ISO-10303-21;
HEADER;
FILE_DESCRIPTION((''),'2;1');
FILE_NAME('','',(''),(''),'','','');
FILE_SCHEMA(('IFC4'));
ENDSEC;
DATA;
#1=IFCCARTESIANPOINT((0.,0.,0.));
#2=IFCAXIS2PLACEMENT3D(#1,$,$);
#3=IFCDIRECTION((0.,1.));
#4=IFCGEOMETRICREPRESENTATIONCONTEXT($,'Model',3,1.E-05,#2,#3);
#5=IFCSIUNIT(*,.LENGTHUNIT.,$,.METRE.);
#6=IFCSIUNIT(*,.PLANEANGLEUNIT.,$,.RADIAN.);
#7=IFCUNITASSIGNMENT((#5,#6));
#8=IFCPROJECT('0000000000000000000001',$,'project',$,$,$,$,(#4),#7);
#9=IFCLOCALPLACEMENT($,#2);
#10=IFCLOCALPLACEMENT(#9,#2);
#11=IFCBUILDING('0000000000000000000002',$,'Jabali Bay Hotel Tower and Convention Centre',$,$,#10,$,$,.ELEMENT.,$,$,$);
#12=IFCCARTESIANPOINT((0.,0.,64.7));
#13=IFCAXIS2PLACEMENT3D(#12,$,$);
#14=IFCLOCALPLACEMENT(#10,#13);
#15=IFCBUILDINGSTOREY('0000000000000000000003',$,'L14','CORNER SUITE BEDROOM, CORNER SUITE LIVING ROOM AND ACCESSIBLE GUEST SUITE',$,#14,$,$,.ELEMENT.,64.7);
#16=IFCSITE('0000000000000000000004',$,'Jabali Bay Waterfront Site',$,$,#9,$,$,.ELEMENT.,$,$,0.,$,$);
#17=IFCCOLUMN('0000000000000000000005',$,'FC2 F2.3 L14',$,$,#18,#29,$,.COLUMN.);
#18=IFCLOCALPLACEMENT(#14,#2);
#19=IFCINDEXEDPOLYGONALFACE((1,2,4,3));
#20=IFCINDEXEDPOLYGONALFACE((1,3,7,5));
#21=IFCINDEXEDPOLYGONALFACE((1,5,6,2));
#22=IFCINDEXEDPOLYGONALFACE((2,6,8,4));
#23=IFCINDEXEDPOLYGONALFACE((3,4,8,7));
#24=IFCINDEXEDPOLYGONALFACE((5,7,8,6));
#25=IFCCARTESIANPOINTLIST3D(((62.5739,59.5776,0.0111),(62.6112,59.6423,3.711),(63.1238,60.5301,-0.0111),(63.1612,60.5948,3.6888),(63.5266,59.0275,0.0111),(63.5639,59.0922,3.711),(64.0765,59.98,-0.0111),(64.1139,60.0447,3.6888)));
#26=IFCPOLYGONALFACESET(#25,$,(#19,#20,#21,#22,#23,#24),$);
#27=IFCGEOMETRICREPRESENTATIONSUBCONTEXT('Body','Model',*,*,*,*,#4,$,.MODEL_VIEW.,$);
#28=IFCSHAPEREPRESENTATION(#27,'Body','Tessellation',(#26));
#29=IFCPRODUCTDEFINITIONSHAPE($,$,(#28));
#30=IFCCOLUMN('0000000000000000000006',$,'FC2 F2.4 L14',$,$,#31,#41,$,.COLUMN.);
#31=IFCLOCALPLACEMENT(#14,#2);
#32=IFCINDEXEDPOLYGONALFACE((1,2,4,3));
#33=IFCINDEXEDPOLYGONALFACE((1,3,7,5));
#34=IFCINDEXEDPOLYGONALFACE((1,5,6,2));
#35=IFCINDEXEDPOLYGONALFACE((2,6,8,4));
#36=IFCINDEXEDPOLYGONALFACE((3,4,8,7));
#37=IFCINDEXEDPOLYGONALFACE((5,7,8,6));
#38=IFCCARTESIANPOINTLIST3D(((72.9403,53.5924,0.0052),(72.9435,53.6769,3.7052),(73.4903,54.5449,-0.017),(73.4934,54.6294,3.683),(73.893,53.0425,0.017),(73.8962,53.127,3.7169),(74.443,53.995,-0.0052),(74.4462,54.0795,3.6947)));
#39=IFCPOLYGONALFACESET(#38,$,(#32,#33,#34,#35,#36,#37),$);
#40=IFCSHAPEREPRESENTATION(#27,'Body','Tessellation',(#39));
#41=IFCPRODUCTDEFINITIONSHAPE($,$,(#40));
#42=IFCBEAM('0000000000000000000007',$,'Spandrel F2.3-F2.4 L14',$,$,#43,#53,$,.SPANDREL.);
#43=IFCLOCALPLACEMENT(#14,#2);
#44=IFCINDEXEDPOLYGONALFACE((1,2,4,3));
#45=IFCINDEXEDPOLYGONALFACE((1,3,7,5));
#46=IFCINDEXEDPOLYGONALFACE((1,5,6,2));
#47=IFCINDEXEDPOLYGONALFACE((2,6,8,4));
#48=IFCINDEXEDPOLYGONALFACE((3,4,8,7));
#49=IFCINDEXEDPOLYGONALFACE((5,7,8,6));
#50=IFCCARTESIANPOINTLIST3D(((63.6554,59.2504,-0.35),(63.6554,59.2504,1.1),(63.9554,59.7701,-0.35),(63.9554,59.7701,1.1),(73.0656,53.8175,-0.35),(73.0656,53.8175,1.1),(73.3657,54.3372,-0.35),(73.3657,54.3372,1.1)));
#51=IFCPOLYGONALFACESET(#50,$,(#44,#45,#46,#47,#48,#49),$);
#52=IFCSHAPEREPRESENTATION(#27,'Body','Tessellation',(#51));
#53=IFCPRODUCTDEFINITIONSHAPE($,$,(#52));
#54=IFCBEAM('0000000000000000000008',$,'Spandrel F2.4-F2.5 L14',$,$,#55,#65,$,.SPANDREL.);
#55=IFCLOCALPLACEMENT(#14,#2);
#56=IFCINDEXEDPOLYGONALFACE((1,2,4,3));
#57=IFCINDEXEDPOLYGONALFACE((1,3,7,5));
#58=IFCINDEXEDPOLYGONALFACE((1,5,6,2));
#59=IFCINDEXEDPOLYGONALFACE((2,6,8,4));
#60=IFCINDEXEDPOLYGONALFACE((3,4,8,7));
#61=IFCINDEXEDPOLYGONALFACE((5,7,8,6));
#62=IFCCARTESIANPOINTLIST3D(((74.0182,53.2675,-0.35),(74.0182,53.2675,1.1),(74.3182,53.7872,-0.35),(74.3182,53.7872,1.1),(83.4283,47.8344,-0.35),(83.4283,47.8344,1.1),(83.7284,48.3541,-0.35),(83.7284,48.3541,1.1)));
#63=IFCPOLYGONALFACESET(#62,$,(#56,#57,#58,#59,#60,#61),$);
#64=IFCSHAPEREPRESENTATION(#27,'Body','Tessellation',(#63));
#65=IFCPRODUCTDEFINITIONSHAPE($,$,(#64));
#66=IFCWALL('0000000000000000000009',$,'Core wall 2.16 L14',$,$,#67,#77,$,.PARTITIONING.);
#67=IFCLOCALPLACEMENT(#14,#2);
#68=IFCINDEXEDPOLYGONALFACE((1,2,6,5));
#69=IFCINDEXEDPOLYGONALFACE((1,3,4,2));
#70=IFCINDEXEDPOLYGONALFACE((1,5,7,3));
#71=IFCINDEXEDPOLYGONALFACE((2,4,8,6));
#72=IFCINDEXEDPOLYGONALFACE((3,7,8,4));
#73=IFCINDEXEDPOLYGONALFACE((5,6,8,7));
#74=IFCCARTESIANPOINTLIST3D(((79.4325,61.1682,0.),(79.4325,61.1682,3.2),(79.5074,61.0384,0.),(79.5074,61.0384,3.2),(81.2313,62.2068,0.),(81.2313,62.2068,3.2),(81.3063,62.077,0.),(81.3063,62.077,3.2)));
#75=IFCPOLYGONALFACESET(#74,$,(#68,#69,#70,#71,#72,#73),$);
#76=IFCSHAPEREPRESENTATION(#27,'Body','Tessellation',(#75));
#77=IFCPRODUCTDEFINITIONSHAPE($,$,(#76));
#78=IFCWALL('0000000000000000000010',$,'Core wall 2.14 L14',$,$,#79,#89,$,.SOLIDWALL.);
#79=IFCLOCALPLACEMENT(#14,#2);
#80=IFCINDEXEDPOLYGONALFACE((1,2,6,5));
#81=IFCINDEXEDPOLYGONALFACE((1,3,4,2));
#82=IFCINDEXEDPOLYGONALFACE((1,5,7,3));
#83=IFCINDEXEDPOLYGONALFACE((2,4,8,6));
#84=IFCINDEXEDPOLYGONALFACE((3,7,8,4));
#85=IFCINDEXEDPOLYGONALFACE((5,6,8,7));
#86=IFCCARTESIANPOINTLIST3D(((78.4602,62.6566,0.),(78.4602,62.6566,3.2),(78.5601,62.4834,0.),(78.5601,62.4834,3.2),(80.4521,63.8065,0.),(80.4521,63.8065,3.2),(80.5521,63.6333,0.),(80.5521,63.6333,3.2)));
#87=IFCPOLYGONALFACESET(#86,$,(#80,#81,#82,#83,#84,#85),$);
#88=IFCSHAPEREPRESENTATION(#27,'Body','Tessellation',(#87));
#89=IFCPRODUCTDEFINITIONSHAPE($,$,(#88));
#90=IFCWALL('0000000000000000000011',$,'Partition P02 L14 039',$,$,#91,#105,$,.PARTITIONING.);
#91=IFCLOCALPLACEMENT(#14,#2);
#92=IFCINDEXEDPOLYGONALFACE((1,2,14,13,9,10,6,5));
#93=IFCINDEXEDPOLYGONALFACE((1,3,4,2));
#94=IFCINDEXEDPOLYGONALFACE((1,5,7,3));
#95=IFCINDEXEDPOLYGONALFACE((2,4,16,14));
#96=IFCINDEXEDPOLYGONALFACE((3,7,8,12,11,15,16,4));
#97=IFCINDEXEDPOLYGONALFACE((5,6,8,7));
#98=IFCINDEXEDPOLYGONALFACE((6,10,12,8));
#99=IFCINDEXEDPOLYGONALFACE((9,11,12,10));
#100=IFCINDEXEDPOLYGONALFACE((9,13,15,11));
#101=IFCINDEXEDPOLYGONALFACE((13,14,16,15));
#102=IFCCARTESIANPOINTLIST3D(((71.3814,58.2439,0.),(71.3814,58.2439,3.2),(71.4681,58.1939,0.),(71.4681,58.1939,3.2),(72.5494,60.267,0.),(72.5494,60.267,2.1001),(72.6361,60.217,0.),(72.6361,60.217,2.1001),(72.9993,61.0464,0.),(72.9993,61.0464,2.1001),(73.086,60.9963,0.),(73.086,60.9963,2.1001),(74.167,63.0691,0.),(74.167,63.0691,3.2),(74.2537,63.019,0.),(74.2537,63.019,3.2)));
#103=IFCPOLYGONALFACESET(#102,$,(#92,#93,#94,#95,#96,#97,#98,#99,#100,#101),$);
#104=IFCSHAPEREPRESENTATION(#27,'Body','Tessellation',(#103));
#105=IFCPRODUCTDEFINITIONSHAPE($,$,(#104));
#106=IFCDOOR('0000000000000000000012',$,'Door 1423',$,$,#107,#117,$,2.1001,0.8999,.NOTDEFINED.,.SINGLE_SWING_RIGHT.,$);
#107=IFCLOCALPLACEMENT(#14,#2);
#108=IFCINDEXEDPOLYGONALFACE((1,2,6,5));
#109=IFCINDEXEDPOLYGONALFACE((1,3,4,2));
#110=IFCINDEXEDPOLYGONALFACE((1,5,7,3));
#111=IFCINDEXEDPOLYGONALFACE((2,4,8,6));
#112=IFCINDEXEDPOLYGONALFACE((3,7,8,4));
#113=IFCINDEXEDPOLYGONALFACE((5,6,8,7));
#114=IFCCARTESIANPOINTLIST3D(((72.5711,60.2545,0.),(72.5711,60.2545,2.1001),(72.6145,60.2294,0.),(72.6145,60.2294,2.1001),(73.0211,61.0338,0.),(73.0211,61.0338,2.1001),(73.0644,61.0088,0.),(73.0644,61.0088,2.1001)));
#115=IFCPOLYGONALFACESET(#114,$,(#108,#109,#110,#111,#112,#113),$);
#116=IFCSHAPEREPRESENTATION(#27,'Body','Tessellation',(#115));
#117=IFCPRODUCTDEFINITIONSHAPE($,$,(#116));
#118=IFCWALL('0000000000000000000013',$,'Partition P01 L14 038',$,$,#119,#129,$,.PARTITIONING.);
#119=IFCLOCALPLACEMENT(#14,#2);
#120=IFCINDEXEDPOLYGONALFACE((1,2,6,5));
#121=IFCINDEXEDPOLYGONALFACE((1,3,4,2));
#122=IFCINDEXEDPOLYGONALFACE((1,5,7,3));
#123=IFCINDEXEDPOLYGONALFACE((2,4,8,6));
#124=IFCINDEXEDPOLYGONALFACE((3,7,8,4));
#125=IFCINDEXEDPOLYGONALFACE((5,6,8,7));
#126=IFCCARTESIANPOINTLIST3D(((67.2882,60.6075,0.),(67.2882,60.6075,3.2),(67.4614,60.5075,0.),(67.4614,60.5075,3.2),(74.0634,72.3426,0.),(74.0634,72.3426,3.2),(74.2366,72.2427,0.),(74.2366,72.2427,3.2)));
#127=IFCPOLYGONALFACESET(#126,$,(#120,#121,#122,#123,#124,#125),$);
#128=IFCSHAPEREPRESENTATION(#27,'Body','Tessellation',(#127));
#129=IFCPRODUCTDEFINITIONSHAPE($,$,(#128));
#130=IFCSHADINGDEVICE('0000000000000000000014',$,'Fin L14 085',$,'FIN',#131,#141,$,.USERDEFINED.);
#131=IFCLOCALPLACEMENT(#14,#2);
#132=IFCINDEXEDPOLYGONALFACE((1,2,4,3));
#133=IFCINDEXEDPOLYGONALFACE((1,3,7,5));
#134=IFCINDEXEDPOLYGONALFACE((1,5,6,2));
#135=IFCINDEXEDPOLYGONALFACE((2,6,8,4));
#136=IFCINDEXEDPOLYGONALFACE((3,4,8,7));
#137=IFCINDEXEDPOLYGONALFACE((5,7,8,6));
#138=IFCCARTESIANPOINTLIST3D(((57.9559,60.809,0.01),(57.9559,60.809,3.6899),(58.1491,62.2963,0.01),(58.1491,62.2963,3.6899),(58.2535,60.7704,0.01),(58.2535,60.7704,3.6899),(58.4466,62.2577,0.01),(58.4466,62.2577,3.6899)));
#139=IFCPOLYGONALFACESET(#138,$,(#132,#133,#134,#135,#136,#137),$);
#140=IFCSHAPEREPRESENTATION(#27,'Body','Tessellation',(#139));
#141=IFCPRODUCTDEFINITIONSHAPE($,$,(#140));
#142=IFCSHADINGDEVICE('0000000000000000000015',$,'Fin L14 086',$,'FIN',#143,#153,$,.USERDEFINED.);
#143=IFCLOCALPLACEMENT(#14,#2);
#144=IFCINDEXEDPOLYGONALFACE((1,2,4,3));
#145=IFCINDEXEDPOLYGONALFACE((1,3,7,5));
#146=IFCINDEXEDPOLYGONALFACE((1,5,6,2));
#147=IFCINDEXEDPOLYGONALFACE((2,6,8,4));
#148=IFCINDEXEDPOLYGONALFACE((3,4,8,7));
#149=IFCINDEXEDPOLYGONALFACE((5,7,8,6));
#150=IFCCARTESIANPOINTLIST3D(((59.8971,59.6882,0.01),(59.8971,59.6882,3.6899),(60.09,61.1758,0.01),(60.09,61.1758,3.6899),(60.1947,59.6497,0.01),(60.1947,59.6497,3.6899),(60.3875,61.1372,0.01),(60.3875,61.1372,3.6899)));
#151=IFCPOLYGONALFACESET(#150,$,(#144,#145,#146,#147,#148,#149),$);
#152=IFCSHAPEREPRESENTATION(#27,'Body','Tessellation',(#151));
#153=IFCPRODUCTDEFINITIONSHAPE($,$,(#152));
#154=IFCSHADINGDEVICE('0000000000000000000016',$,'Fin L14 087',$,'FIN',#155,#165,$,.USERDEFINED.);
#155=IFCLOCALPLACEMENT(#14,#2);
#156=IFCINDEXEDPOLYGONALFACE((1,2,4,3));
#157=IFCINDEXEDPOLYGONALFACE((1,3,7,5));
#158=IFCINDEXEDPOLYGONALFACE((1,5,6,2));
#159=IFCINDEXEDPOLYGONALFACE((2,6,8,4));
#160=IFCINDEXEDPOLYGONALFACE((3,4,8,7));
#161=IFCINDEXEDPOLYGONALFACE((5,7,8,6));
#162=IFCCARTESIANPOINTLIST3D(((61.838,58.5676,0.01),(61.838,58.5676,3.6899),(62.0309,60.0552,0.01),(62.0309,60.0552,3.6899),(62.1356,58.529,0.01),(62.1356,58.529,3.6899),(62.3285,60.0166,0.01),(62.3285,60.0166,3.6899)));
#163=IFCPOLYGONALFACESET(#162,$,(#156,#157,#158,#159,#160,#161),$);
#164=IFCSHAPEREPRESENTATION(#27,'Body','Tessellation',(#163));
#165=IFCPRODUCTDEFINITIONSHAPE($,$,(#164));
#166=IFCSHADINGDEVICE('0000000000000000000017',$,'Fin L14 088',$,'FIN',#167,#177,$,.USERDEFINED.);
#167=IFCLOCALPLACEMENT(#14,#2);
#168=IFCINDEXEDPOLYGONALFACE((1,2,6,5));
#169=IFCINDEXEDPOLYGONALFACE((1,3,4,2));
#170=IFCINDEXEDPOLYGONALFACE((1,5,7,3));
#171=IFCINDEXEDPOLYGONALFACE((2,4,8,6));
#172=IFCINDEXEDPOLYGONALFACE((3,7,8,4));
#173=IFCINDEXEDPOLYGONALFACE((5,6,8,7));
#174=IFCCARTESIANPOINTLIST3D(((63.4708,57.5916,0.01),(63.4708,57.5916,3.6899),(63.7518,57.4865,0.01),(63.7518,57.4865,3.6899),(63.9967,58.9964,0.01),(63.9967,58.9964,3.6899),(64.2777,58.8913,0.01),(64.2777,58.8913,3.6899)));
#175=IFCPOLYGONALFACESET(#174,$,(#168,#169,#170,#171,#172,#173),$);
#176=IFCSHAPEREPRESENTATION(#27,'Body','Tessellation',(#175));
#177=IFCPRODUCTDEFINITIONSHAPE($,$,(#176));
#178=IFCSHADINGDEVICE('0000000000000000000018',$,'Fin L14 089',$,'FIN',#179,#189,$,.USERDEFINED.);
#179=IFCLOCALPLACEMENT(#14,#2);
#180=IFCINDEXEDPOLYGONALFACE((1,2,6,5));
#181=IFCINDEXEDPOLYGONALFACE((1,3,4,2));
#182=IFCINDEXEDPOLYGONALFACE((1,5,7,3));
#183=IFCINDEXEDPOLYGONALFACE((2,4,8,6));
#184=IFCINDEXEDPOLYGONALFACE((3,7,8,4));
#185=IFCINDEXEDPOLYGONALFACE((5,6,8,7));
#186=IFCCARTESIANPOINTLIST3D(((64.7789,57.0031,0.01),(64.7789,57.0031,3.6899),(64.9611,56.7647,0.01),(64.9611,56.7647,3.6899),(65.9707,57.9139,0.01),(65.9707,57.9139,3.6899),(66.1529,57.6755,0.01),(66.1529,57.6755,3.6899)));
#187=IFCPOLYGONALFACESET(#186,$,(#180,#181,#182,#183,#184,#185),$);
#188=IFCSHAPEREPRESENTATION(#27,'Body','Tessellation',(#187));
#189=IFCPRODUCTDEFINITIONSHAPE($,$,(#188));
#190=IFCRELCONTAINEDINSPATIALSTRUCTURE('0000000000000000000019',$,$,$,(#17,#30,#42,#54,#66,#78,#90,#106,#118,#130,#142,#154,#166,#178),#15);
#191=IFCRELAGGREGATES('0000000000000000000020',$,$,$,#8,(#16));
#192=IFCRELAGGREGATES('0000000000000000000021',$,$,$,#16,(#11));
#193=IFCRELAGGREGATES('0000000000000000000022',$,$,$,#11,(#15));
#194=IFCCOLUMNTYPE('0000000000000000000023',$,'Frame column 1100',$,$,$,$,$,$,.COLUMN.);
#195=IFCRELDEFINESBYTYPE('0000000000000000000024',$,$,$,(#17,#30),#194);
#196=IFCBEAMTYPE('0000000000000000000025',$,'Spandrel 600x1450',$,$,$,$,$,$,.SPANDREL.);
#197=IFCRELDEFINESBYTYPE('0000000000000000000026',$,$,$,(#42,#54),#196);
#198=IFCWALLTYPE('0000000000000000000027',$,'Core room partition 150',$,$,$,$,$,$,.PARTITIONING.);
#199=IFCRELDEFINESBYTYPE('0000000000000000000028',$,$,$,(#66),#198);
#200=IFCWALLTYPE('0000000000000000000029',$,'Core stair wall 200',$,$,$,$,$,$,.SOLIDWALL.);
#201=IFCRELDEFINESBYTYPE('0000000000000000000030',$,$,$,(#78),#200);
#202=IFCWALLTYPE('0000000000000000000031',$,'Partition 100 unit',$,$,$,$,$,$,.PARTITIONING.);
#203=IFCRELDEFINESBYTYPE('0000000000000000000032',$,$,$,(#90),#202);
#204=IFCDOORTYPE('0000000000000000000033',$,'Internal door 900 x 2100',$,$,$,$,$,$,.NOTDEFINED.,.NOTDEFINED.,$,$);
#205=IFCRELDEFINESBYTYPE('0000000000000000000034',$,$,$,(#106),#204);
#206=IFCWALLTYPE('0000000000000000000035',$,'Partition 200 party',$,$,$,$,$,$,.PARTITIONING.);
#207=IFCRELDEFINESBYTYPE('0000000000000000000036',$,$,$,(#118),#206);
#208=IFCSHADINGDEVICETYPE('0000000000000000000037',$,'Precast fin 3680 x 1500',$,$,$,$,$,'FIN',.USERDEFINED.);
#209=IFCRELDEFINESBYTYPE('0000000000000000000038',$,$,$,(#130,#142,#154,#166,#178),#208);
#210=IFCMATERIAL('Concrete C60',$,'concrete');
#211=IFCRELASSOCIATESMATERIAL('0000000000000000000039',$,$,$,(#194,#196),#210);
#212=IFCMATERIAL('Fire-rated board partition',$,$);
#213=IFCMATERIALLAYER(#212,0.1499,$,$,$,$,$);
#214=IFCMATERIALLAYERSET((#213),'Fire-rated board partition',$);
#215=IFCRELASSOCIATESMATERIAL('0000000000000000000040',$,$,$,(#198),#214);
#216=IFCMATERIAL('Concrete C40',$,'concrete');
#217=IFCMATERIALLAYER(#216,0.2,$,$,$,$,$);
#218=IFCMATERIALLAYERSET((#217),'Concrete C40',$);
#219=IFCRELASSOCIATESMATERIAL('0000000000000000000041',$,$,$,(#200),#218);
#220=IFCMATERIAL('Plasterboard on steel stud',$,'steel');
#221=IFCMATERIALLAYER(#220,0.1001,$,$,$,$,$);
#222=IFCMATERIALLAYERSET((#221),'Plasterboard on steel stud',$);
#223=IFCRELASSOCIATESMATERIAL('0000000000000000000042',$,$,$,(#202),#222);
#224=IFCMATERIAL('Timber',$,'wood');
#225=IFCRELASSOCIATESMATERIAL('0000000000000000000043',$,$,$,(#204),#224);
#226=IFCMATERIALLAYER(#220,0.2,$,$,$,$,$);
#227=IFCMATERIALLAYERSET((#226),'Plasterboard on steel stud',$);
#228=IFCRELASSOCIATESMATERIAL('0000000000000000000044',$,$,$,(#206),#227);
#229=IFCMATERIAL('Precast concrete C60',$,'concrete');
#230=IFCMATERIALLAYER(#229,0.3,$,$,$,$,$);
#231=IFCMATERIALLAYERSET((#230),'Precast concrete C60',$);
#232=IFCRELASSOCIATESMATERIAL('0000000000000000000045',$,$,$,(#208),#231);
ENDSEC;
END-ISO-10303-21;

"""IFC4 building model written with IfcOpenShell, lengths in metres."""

from ifc_helpers import new_model, si_unit, direction, frame, frame_2d, origin, origin_2d, place, context, subcontext, project, spatial, rectangle, extrude, material, layer, layer_set, material_profile, profile_set, type_object, element, fill, save


model = new_model("IFC4")

# Units and contexts
model_context = context("Model", 3, precision=1e-05, world=origin(), true_north=direction((0.0, 1.0)))
body_context = subcontext(model_context, "Body", "Model", "MODEL_VIEW")
ifc_project = project(units=[si_unit("LENGTHUNIT", "METRE"), si_unit("PLANEANGLEUNIT", "RADIAN")], contexts=[model_context])

# Site, building, storey
site_placement = place(None, origin())
site = spatial("IfcSite", under=ifc_project, at=site_placement, Name="Jabali Bay Waterfront Site", CompositionType="ELEMENT", RefElevation=0.0)
building_placement = place(site_placement, origin())
building = spatial("IfcBuilding", under=site, at=building_placement, Name="Jabali Bay Hotel Tower and Convention Centre", CompositionType="ELEMENT")
storey_placement = place(building_placement, frame((0.0, 0.0, 64.7)))
storey = spatial("IfcBuildingStorey", under=building, at=storey_placement, Name="L14", Description="CORNER SUITE BEDROOM, CORNER SUITE LIVING ROOM AND ACCESSIBLE GUEST SUITE", CompositionType="ELEMENT", Elevation=64.7)

# Columns
ifc_material_1 = material(Name="Concrete C60", Category="concrete")
ifc_material_profile_1 = material_profile(ifc_material_1, rectangle(XDim=1.1001, YDim=1.1001, at=origin_2d()), Name="Frame column 1100")
ifc_profile_set_1 = profile_set([ifc_material_profile_1], Name="Concrete C60")
column_type = type_object("IfcColumnType", Name="Frame column 1100", PredefinedType="COLUMN", material=ifc_profile_set_1)
column_1_placement = place(storey_placement, frame((63.3252, 59.7788, 0.0), z_axis=(0.010094, 0.017482, 0.999796), x_axis=(-0.866023, 0.500005, 0.0)))
element("IfcColumn", 1, at=column_1_placement, inside=storey, type_object=column_type, Name="FC2 F2.3 L14", PredefinedType="COLUMN", context=body_context, shape_type="SweptSolid", body=[
    extrude(rectangle(XDim=1.1001, YDim=1.1001, at=origin_2d()), origin(), (0.0, 0.0, 1.0), 3.7007),
])
column_2_placement = place(storey_placement, frame((73.6917, 53.7937, 0.0), z_axis=(0.000858, 0.022825, 0.999739), x_axis=(-0.49995, -0.865819, 0.020196)))
element("IfcColumn", 2, at=column_2_placement, inside=storey, type_object=column_type, Name="FC2 F2.4 L14", PredefinedType="COLUMN", context=body_context, shape_type="SweptSolid", body=[
    extrude(rectangle(XDim=1.1001, YDim=1.1001, at=origin_2d()), origin(), (0.0, 0.0, 1.0), 3.7009),
])

# Beams
ifc_material_profile_2 = material_profile(ifc_material_1, rectangle(XDim=0.6001, YDim=1.45, at=origin_2d()), Name="Spandrel 600x1450")
ifc_profile_set_2 = profile_set([ifc_material_profile_2], Name="Concrete C60")
beam_type = type_object("IfcBeamType", Name="Spandrel 600x1450", PredefinedType="SPANDREL", material=ifc_profile_set_2)
for number, where, z_axis, x_axis, name in (
    (3, (63.8054, 59.5103, 0.375), (0.866029, -0.499993, 0.0), (0.499993, 0.866029, 0.0), "Spandrel F2.3-F2.4 L14"),
    (4, (74.1682, 53.5273, 0.375), (0.866019, -0.50001, 0.0), (0.50001, 0.866019, 0.0), "Spandrel F2.4-F2.5 L14"),
):
    element("IfcBeam", number, at=place(storey_placement, frame(where, z_axis=z_axis, x_axis=x_axis)), inside=storey, type_object=beam_type, Name=name, PredefinedType="SPANDREL", context=body_context, shape_type="SweptSolid", body=[
        extrude(rectangle(XDim=0.6001, YDim=1.45, at=origin_2d()), origin(), (0.0, 0.0, 1.0), 10.866),
    ])

# Walls
ifc_material_2 = material(Name="Fire-rated board partition")
ifc_layer_1 = layer(ifc_material_2, 0.1499)
ifc_layer_set_1 = layer_set([ifc_layer_1], Name="Fire-rated board partition")
wall_type_1 = type_object("IfcWallType", Name="Core room partition 150", PredefinedType="PARTITIONING", material=ifc_layer_set_1)
wall_1_placement = place(storey_placement, frame((79.47, 61.1033, 0.0), z_axis=(0.0, 0.0, 1.0), x_axis=(0.866021, 0.500007, 0.0)))
element("IfcWall", 5, at=wall_1_placement, inside=storey, type_object=wall_type_1, Name="Core wall 2.16 L14", PredefinedType="PARTITIONING", context=body_context, shape_type="SweptSolid", body=[
    extrude(rectangle(XDim=2.0771, YDim=0.1499, at=frame_2d((1.0386, 0.0))), origin(), (0.0, 0.0, 1.0), 3.2),
])
ifc_material_3 = material(Name="Concrete C40", Category="concrete")
ifc_layer_2 = layer(ifc_material_3, 0.2)
ifc_layer_set_2 = layer_set([ifc_layer_2], Name="Concrete C40")
wall_type_2 = type_object("IfcWallType", Name="Core stair wall 200", PredefinedType="SOLIDWALL", material=ifc_layer_set_2)
wall_2_placement = place(storey_placement, frame((78.5103, 62.5701, 0.0), z_axis=(0.0, 0.0, 1.0), x_axis=(0.866053, 0.499952, 0.0)))
element("IfcWall", 6, at=wall_2_placement, inside=storey, type_object=wall_type_2, Name="Core wall 2.14 L14", PredefinedType="SOLIDWALL", context=body_context, shape_type="SweptSolid", body=[
    extrude(rectangle(XDim=2.3, YDim=0.2, at=frame_2d((1.1499, 0.0))), origin(), (0.0, 0.0, 1.0), 3.2),
])

# Wall, opening, door
ifc_material_4 = material(Name="Plasterboard on steel stud", Category="steel")
ifc_layer_3 = layer(ifc_material_4, 0.1001)
ifc_layer_set_3 = layer_set([ifc_layer_3], Name="Plasterboard on steel stud")
wall_type_3 = type_object("IfcWallType", Name="Partition 100 unit", PredefinedType="PARTITIONING", material=ifc_layer_set_3)
wall_3_placement = place(storey_placement, frame((71.4248, 58.219, 0.0), z_axis=(0.0, 0.0, 1.0), x_axis=(0.499975, 0.86604, 0.0)))
wall_3 = element("IfcWall", 7, at=wall_3_placement, inside=storey, type_object=wall_type_3, Name="Partition P02 L14 039", PredefinedType="PARTITIONING", context=body_context, shape_type="SweptSolid", body=[
    extrude(rectangle(XDim=5.5715, YDim=0.1001, at=frame_2d((2.7856, 0.0))), origin(), (0.0, 0.0, 1.0), 3.2),
])
opening_placement = place(wall_3_placement, frame((2.3359, 0.0, 0.0)))
opening = element("IfcOpeningElement", 8, at=opening_placement, cuts=wall_3, PredefinedType="OPENING", context=body_context, shape_type="SweptSolid", body=[
    extrude(rectangle(XDim=0.8999, YDim=2.1001, at=frame_2d((0.45, 1.05))), frame((0.0, 0.0605, 0.0), z_axis=(0.0, -1.0, 0.0), x_axis=(1.0, 0.0, 0.0)), (0.0, 0.0, 1.0), 0.1211),
])
ifc_material_5 = material(Name="Timber", Category="wood")
door_type = type_object("IfcDoorType", Name="Internal door 900 x 2100", OperationType="NOTDEFINED", PredefinedType="NOTDEFINED", material=ifc_material_5)
door_placement = place(opening_placement, origin())
door = element("IfcDoor", 9, at=door_placement, inside=storey, type_object=door_type, Name="Door 1423", OperationType="SINGLE_SWING_RIGHT", OverallHeight=2.1001, OverallWidth=0.8999, PredefinedType="NOTDEFINED", context=body_context, shape_type="SweptSolid", body=[
    extrude(rectangle(XDim=0.8999, YDim=2.1001, at=frame_2d((0.45, 1.05))), frame((0.0, 0.0249, 0.0), z_axis=(0.0, -1.0, 0.0), x_axis=(1.0, 0.0, 0.0)), (0.0, 0.0, 1.0), 0.05),
])
fill(opening, door)

# Wall
ifc_layer_4 = layer(ifc_material_4, 0.2)
ifc_layer_set_4 = layer_set([ifc_layer_4], Name="Plasterboard on steel stud")
wall_type_4 = type_object("IfcWallType", Name="Partition 200 party", PredefinedType="PARTITIONING", material=ifc_layer_set_4)
wall_4_placement = place(storey_placement, frame((67.3748, 60.5574, 0.0), z_axis=(0.0, 0.0, 1.0), x_axis=(0.499993, 0.866029, 0.0)))
element("IfcWall", 10, at=wall_4_placement, inside=storey, type_object=wall_type_4, Name="Partition P01 L14 038", PredefinedType="PARTITIONING", context=body_context, shape_type="SweptSolid", body=[
    extrude(rectangle(XDim=13.5505, YDim=0.2, at=frame_2d((6.7754, 0.0))), origin(), (0.0, 0.0, 1.0), 3.2),
])

# Shading devices
ifc_material_6 = material(Name="Precast concrete C60", Category="concrete")
ifc_layer_5 = layer(ifc_material_6, 0.3)
ifc_layer_set_5 = layer_set([ifc_layer_5], Name="Precast concrete C60")
shading_device_type = type_object("IfcShadingDeviceType", Name="Precast fin 3680 x 1500", ElementType="FIN", PredefinedType="USERDEFINED", material=ifc_layer_set_5)
shading_device_placement = place(storey_placement, frame((58.2979, 62.2771, 0.01), z_axis=(0.0, 0.0, 1.0), x_axis=(-0.128762, -0.991676, 0.0)))
element("IfcShadingDevice", 11, at=shading_device_placement, inside=storey, type_object=shading_device_type, Name="Fin L14 085", ObjectType="FIN", PredefinedType="USERDEFINED", context=body_context, shape_type="SweptSolid", body=[
    extrude(rectangle(XDim=1.4998, YDim=0.3, at=frame_2d((0.75, 0.0))), origin(), (0.0, 0.0, 1.0), 3.6799),
])
for number, where, z_axis, x_axis, name in (
    (12, (60.2388, 61.1565, 0.01), (0.0, 0.0, 1.0), (-0.128581, -0.991699, 0.0), "Fin L14 086"),
    (13, (62.1797, 60.0359, 0.01), (0.0, 0.0, 1.0), (-0.128581, -0.991699, 0.0), "Fin L14 087"),
    (14, (64.1372, 58.9438, 0.01), (0.0, 0.0, 1.0), (-0.350588, -0.93653, 0.0), "Fin L14 088"),
    (15, (66.0618, 57.7947, 0.01), (0.0, 0.0, 1.0), (-0.794538, -0.607214, 0.0), "Fin L14 089"),
):
    element("IfcShadingDevice", number, at=place(storey_placement, frame(where, z_axis=z_axis, x_axis=x_axis)), inside=storey, type_object=shading_device_type, Name=name, ObjectType="FIN", PredefinedType="USERDEFINED", context=body_context, shape_type="SweptSolid", body=[
        extrude(rectangle(XDim=1.5, YDim=0.3, at=frame_2d((0.75, 0.0))), origin(), (0.0, 0.0, 1.0), 3.6799),
    ])

save(model, "model.ifc")
